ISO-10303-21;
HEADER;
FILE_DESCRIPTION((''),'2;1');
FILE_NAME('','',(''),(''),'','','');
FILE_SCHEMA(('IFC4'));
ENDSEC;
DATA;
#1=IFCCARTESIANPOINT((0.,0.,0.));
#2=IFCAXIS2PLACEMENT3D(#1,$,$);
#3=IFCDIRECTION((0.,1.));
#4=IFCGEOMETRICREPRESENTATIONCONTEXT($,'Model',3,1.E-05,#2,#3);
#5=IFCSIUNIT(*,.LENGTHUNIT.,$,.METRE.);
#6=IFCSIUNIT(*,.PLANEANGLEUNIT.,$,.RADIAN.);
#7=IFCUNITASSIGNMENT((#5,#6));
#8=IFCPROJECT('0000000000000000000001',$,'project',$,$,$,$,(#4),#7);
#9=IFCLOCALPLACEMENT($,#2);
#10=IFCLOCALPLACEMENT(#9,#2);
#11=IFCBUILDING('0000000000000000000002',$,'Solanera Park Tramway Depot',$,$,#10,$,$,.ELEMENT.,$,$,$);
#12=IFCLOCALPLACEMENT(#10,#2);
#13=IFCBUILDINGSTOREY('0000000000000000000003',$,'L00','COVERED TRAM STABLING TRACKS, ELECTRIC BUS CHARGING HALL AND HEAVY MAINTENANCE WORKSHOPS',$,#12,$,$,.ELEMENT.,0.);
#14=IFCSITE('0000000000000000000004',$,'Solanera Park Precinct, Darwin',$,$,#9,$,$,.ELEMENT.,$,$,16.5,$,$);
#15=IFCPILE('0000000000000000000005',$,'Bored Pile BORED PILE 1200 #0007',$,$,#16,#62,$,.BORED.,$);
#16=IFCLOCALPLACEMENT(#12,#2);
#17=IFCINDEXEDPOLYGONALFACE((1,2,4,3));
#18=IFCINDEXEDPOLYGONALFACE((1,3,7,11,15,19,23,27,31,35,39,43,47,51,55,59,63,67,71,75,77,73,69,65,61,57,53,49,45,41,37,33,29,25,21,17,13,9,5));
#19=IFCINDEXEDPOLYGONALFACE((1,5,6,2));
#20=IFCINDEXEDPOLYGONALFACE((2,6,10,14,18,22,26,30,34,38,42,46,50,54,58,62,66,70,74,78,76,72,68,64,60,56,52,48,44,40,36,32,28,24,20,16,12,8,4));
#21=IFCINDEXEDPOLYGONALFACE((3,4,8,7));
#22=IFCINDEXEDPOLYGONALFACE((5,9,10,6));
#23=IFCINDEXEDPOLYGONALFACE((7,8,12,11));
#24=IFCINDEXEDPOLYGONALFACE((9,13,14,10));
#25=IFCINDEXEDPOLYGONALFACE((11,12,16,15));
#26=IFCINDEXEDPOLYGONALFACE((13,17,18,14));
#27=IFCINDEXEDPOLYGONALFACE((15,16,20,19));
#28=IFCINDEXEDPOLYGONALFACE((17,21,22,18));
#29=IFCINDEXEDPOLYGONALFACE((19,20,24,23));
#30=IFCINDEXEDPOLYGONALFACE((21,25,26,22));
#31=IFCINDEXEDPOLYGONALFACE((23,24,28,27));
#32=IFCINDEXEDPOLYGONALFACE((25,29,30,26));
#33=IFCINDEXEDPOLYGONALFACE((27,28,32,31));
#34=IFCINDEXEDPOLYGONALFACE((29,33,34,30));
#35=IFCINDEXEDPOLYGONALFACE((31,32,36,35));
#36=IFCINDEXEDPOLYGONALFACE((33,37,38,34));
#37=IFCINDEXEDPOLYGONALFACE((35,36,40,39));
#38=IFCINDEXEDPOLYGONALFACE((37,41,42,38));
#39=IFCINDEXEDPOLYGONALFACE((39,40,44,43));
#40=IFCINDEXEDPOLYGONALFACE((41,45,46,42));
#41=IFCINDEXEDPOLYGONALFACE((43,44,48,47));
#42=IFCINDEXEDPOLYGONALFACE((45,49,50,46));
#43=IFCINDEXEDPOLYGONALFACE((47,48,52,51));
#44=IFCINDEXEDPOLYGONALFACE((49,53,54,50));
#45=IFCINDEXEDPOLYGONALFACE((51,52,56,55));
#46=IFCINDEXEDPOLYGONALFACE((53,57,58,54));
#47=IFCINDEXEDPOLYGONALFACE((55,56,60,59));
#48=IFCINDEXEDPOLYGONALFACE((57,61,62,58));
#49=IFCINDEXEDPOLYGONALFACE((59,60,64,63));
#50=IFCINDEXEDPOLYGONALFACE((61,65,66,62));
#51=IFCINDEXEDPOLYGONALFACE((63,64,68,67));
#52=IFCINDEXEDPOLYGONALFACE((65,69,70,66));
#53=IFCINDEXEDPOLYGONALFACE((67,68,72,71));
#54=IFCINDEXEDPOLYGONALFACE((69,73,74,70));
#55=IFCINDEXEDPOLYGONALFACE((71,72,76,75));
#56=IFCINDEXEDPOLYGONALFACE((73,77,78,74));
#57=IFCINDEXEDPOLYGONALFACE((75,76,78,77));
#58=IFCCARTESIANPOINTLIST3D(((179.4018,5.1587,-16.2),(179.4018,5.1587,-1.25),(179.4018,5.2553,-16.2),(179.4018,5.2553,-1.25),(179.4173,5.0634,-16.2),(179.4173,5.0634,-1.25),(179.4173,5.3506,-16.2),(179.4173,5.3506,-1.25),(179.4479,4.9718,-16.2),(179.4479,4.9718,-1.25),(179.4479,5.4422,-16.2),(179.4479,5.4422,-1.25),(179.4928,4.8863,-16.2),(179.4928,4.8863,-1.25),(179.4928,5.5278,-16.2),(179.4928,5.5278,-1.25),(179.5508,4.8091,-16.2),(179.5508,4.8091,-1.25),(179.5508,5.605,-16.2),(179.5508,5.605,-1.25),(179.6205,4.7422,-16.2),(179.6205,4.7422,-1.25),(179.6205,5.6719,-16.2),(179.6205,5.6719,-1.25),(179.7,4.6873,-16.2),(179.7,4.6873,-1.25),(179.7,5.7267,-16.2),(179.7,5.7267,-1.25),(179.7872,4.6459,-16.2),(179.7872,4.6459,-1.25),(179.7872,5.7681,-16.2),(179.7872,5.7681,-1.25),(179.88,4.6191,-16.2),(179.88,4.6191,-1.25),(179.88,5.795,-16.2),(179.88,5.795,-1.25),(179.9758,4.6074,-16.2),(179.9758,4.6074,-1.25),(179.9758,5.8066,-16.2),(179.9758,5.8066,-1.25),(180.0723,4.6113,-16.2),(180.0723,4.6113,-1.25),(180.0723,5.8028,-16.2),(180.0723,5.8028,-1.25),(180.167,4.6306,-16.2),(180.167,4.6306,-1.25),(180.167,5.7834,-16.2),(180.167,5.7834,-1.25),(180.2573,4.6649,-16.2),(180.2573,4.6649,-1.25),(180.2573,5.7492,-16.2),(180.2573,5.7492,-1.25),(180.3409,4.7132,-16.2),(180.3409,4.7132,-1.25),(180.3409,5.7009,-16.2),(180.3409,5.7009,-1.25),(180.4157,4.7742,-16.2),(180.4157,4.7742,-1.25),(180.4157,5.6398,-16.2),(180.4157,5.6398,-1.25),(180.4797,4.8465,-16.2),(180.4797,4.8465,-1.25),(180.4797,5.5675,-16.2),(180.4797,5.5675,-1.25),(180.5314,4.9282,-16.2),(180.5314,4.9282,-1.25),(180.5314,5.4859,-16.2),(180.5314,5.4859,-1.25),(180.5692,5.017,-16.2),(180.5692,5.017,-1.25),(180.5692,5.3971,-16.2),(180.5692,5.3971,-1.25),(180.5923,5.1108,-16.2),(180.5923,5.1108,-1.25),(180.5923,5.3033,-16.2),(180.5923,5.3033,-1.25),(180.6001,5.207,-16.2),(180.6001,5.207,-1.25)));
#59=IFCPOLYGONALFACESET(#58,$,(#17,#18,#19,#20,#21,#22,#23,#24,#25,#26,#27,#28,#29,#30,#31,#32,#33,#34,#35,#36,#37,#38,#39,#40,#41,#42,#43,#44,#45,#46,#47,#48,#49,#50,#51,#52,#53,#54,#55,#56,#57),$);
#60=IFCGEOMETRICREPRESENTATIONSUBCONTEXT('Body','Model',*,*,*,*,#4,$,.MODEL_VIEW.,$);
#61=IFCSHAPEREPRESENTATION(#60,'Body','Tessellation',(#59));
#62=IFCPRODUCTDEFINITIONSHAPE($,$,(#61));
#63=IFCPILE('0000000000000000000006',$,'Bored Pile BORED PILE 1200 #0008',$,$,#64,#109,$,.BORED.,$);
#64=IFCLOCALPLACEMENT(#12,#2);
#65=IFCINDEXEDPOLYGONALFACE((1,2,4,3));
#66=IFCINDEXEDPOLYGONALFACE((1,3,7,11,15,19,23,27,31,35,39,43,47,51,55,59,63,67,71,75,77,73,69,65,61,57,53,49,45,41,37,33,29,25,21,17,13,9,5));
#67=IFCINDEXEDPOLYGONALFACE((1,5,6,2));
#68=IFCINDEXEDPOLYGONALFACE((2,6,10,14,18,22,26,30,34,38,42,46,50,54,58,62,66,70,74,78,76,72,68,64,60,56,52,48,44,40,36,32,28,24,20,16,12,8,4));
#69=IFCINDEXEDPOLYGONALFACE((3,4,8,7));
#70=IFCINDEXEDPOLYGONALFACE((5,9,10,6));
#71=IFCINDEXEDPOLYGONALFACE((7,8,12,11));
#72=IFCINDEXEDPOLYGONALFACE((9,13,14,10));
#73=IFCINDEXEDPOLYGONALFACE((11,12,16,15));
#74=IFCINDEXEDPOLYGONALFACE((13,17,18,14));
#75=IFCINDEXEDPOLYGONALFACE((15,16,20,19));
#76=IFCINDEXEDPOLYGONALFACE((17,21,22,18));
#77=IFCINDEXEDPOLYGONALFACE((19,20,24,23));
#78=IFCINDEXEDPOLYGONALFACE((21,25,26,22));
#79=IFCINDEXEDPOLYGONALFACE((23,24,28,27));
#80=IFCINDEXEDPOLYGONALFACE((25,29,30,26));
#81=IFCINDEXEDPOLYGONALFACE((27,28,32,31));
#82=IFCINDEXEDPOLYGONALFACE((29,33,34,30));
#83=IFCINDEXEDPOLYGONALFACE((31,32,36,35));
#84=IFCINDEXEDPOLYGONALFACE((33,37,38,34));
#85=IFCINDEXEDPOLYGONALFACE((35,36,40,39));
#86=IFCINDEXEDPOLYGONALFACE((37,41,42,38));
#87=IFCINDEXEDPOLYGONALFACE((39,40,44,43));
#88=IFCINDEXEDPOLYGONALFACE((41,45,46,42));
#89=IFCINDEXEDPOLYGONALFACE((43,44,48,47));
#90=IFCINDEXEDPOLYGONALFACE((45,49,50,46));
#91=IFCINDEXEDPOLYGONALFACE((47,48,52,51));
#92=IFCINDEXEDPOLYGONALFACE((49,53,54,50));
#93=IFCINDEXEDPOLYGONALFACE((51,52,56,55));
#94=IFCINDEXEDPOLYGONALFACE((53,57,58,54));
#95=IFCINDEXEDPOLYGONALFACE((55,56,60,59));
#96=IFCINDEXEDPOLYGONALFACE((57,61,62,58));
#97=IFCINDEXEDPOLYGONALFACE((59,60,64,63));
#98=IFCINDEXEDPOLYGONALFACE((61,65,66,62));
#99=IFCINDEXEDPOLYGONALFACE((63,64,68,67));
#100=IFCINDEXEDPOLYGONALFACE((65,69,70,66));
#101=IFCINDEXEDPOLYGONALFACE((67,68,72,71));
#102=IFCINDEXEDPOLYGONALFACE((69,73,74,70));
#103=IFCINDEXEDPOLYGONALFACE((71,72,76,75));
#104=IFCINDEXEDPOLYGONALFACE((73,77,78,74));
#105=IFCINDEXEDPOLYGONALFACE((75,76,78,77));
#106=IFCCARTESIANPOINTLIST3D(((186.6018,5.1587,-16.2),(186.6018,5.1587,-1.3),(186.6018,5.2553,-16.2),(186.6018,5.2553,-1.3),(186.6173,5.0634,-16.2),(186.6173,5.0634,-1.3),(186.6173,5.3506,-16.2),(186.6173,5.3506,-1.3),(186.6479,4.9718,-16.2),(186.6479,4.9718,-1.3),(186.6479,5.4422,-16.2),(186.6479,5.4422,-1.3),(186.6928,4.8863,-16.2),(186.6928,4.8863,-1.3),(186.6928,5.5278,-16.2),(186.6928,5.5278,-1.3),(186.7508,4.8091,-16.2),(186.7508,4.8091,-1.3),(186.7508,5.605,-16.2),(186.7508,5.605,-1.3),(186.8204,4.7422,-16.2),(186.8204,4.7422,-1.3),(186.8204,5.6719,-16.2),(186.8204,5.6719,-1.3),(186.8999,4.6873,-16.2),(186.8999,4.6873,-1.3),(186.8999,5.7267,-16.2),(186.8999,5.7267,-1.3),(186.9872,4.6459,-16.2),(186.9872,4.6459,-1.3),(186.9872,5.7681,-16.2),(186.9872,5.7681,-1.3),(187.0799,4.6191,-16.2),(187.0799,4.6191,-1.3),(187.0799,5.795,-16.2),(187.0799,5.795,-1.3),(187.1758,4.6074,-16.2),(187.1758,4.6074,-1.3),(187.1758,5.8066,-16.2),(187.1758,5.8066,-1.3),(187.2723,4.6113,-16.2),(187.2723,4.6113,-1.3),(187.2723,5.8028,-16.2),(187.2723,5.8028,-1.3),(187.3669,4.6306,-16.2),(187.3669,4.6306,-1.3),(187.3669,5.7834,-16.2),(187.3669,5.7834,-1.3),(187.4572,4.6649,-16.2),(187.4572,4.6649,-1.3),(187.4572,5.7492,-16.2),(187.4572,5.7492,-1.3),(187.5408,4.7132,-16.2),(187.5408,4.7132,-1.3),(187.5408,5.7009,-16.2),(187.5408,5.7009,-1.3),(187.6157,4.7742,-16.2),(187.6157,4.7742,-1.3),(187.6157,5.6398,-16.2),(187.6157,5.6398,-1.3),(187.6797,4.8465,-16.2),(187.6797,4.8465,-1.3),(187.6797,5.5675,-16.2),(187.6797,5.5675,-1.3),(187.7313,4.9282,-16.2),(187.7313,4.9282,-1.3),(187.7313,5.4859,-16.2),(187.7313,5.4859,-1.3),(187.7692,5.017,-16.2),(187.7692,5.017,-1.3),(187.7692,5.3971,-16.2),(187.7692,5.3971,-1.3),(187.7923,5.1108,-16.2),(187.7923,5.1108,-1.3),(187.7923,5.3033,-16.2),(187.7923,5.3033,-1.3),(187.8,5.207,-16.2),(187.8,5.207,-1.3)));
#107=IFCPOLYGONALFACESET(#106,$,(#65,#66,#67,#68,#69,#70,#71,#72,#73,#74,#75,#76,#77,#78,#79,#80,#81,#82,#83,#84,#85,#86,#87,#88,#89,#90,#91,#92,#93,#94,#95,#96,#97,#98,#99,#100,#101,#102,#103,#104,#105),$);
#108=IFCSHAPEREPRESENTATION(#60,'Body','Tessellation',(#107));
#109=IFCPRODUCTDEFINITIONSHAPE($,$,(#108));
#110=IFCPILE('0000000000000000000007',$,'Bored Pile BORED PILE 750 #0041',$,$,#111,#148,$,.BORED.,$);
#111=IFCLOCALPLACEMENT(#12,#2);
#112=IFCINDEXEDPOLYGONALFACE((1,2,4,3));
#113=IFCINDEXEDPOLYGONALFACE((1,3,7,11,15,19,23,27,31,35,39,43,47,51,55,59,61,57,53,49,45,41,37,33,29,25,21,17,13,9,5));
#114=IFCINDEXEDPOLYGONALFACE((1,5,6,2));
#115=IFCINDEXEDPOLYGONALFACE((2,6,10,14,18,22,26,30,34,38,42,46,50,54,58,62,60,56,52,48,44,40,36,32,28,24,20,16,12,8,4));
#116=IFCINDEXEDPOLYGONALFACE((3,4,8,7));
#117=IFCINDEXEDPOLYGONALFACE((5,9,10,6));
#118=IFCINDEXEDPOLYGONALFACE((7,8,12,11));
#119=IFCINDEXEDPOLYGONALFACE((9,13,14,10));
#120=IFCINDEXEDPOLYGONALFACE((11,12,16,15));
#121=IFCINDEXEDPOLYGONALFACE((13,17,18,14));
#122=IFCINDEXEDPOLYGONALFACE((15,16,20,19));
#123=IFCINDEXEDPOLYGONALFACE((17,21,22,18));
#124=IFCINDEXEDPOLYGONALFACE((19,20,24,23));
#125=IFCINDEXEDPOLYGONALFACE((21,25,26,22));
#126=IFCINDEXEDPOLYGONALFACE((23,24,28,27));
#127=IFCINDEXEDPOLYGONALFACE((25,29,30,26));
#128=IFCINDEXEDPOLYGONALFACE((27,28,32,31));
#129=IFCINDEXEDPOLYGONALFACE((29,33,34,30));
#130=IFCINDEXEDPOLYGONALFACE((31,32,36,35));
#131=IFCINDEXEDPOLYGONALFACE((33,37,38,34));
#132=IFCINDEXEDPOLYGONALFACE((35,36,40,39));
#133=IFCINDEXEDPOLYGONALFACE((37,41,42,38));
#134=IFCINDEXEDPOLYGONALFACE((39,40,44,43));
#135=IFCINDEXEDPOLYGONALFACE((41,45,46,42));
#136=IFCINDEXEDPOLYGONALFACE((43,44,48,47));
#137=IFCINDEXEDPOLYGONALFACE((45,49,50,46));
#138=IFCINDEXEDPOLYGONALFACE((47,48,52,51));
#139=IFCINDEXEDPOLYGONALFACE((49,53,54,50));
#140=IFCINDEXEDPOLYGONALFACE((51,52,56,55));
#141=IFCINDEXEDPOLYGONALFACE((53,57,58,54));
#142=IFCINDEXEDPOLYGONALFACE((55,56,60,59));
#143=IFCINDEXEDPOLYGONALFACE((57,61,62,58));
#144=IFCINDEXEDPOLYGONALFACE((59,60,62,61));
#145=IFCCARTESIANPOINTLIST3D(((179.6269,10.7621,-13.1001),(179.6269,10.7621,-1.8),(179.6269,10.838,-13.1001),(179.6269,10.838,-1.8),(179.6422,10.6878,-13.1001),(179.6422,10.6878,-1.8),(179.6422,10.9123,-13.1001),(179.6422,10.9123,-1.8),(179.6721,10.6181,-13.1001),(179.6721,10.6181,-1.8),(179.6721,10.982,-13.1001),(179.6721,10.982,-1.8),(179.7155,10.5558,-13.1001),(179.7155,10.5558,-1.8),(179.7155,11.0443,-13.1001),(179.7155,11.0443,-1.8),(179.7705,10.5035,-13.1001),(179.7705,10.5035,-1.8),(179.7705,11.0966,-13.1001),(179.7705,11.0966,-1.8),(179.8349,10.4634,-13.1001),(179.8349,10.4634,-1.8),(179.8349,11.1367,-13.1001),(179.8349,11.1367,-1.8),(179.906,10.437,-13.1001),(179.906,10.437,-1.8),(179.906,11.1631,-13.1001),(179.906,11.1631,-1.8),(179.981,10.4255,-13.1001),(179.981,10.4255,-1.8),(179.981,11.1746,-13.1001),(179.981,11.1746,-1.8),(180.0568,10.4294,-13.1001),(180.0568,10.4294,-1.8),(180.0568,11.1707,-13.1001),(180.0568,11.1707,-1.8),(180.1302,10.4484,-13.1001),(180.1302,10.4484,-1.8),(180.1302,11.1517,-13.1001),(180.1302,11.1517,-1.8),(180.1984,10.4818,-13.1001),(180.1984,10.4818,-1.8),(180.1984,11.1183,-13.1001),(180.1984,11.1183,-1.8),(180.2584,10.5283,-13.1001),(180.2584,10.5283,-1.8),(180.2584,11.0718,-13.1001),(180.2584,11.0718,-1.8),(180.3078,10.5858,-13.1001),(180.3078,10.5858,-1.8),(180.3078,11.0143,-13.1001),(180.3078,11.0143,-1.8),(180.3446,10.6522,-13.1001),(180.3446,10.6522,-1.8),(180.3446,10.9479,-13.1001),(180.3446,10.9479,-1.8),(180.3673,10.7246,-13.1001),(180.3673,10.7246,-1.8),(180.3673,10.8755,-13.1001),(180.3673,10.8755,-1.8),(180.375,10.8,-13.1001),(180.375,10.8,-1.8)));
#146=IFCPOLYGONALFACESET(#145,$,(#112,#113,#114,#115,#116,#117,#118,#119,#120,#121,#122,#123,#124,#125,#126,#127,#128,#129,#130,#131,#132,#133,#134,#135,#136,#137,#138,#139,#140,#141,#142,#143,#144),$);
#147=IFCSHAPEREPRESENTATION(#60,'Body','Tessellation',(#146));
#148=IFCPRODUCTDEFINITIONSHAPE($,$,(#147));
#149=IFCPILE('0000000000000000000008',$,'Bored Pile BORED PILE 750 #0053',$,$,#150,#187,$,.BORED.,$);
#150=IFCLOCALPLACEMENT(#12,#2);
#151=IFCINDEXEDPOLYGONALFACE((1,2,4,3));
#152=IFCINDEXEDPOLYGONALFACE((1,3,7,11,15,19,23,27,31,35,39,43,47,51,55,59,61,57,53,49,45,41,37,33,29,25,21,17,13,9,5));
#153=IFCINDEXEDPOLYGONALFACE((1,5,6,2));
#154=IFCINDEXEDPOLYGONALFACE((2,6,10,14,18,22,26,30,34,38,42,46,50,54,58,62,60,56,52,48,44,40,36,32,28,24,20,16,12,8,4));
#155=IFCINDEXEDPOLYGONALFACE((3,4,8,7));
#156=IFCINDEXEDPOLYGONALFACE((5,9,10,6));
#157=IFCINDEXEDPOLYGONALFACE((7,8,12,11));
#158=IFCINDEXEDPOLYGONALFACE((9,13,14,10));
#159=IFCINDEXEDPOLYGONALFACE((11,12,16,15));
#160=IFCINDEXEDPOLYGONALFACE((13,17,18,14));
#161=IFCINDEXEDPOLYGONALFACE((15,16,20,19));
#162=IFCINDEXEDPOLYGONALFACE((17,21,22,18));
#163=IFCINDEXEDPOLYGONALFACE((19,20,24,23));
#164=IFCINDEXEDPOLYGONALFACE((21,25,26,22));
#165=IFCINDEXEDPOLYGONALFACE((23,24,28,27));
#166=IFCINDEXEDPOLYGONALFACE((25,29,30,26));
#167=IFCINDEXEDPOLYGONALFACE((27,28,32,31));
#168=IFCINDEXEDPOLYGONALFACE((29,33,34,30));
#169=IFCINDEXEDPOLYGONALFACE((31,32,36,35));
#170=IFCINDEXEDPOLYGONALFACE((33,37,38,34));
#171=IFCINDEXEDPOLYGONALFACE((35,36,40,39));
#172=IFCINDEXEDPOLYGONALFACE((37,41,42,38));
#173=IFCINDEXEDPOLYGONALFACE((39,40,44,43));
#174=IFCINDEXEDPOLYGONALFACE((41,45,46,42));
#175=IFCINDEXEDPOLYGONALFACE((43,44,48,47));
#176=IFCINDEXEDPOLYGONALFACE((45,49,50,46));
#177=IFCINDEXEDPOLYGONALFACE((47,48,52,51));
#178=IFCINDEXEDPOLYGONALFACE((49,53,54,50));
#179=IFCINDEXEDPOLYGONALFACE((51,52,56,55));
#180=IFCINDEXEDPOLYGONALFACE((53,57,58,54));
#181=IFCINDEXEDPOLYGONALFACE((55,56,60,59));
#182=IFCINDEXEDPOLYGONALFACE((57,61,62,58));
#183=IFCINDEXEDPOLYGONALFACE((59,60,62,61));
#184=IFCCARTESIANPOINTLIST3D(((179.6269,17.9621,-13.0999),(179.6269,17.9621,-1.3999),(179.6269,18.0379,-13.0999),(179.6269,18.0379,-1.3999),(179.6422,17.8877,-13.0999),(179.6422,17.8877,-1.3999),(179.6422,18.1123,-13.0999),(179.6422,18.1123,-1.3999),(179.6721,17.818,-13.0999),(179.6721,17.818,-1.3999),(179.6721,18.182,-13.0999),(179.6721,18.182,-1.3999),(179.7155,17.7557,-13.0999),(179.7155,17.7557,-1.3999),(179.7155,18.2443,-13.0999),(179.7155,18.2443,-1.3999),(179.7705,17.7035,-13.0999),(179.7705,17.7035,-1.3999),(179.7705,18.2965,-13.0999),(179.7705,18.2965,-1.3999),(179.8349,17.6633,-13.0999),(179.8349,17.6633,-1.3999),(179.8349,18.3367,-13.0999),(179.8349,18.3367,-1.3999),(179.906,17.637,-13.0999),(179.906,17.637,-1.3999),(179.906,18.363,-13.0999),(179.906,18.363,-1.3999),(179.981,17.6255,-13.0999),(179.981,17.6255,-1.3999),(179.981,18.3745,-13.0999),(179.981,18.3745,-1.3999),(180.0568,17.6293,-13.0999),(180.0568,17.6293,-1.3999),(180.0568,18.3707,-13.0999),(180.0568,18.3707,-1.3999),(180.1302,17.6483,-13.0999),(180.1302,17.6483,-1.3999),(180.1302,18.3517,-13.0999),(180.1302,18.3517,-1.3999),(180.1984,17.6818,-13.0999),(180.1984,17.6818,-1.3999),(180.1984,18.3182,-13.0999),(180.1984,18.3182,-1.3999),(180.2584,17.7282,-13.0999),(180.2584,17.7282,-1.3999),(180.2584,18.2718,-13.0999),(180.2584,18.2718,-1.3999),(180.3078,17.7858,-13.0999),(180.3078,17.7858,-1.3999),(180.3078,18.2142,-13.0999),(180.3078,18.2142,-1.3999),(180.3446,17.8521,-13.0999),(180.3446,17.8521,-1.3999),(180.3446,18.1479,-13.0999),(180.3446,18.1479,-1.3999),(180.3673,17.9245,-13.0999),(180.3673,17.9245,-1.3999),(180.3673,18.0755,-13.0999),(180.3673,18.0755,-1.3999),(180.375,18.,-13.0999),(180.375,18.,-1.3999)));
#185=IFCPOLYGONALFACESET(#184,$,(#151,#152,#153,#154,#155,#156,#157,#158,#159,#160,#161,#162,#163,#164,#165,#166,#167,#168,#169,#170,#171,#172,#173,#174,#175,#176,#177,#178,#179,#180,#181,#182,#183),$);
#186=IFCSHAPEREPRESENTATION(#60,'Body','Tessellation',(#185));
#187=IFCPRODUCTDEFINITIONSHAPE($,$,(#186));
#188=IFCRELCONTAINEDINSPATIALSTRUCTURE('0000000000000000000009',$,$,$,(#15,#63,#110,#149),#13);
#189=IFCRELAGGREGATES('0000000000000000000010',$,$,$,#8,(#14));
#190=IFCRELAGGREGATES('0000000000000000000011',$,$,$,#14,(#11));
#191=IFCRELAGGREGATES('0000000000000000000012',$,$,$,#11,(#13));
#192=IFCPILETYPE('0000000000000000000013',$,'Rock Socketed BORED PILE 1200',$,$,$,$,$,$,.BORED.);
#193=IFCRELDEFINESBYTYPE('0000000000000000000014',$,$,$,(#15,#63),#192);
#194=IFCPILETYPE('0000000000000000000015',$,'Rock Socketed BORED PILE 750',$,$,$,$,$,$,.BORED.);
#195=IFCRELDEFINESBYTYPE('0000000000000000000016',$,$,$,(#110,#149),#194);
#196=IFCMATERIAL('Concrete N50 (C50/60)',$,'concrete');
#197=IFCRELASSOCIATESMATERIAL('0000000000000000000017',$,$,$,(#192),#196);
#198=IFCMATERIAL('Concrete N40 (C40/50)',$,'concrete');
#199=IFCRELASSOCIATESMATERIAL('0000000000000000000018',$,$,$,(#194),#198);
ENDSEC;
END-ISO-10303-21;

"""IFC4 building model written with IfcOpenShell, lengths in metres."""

from ifc_helpers import new_model, si_unit, direction, frame, origin, origin_2d, place, context, subcontext, project, spatial, circle, extrude, material, material_profile, profile_set, type_object, element, save


model = new_model("IFC4")

# Units and contexts
model_context = context("Model", 3, precision=1e-05, world=origin(), true_north=direction((0.0, 1.0)))
body_context = subcontext(model_context, "Body", "Model", "MODEL_VIEW")
ifc_project = project(units=[si_unit("LENGTHUNIT", "METRE"), si_unit("PLANEANGLEUNIT", "RADIAN")], contexts=[model_context])

# Site, building, storey
site_placement = place(None, origin())
site = spatial("IfcSite", under=ifc_project, at=site_placement, Name="Solanera Park Precinct, Darwin", CompositionType="ELEMENT", RefElevation=16.5)
building_placement = place(site_placement, origin())
building = spatial("IfcBuilding", under=site, at=building_placement, Name="Solanera Park Tramway Depot", CompositionType="ELEMENT")
storey_placement = place(building_placement, origin())
storey = spatial("IfcBuildingStorey", under=building, at=storey_placement, Name="L00", Description="COVERED TRAM STABLING TRACKS, ELECTRIC BUS CHARGING HALL AND HEAVY MAINTENANCE WORKSHOPS", CompositionType="ELEMENT", Elevation=0.0)

# Piles
ifc_material_1 = material(Name="Concrete N50 (C50/60)", Category="concrete")
ifc_material_profile_1 = material_profile(ifc_material_1, circle(Radius=0.6001, at=origin_2d()), Name="BORED PILE 1200")
ifc_profile_set_1 = profile_set([ifc_material_profile_1], Name="Concrete N50 (C50/60)")
pile_type_1 = type_object("IfcPileType", Name="Rock Socketed BORED PILE 1200", PredefinedType="BORED", material=ifc_profile_set_1)
pile_1_placement = place(storey_placement, frame((180.0, 5.207, -1.25), z_axis=(0.0, 0.0, -1.0), x_axis=(1.0, 0.0, 0.0)))
element("IfcPile", 1, at=pile_1_placement, inside=storey, type_object=pile_type_1, Name="Bored Pile BORED PILE 1200 #0007", PredefinedType="BORED", context=body_context, shape_type="SweptSolid", body=[
    extrude(circle(Radius=0.6001, at=origin_2d()), origin(), (0.0, 0.0, 1.0), 14.95),
])
pile_2_placement = place(storey_placement, frame((187.2, 5.207, -1.3), z_axis=(0.0, 0.0, -1.0), x_axis=(1.0, 0.0, 0.0)))
element("IfcPile", 2, at=pile_2_placement, inside=storey, type_object=pile_type_1, Name="Bored Pile BORED PILE 1200 #0008", PredefinedType="BORED", context=body_context, shape_type="SweptSolid", body=[
    extrude(circle(Radius=0.6001, at=origin_2d()), origin(), (0.0, 0.0, 1.0), 14.8999),
])
ifc_material_2 = material(Name="Concrete N40 (C40/50)", Category="concrete")
ifc_material_profile_2 = material_profile(ifc_material_2, circle(Radius=0.375, at=origin_2d()), Name="BORED PILE 750")
ifc_profile_set_2 = profile_set([ifc_material_profile_2], Name="Concrete N40 (C40/50)")
pile_type_2 = type_object("IfcPileType", Name="Rock Socketed BORED PILE 750", PredefinedType="BORED", material=ifc_profile_set_2)
pile_3_placement = place(storey_placement, frame((180.0, 10.8, -1.8), z_axis=(0.0, 0.0, -1.0), x_axis=(1.0, 0.0, 0.0)))
element("IfcPile", 3, at=pile_3_placement, inside=storey, type_object=pile_type_2, Name="Bored Pile BORED PILE 750 #0041", PredefinedType="BORED", context=body_context, shape_type="SweptSolid", body=[
    extrude(circle(Radius=0.375, at=origin_2d()), origin(), (0.0, 0.0, 1.0), 11.3),
])
pile_4_placement = place(storey_placement, frame((180.0, 18.0, -1.3999), z_axis=(0.0, 0.0, -1.0), x_axis=(1.0, 0.0, 0.0)))
element("IfcPile", 4, at=pile_4_placement, inside=storey, type_object=pile_type_2, Name="Bored Pile BORED PILE 750 #0053", PredefinedType="BORED", context=body_context, shape_type="SweptSolid", body=[
    extrude(circle(Radius=0.375, at=origin_2d()), origin(), (0.0, 0.0, 1.0), 11.7),
])

save(model, "model.ifc")
